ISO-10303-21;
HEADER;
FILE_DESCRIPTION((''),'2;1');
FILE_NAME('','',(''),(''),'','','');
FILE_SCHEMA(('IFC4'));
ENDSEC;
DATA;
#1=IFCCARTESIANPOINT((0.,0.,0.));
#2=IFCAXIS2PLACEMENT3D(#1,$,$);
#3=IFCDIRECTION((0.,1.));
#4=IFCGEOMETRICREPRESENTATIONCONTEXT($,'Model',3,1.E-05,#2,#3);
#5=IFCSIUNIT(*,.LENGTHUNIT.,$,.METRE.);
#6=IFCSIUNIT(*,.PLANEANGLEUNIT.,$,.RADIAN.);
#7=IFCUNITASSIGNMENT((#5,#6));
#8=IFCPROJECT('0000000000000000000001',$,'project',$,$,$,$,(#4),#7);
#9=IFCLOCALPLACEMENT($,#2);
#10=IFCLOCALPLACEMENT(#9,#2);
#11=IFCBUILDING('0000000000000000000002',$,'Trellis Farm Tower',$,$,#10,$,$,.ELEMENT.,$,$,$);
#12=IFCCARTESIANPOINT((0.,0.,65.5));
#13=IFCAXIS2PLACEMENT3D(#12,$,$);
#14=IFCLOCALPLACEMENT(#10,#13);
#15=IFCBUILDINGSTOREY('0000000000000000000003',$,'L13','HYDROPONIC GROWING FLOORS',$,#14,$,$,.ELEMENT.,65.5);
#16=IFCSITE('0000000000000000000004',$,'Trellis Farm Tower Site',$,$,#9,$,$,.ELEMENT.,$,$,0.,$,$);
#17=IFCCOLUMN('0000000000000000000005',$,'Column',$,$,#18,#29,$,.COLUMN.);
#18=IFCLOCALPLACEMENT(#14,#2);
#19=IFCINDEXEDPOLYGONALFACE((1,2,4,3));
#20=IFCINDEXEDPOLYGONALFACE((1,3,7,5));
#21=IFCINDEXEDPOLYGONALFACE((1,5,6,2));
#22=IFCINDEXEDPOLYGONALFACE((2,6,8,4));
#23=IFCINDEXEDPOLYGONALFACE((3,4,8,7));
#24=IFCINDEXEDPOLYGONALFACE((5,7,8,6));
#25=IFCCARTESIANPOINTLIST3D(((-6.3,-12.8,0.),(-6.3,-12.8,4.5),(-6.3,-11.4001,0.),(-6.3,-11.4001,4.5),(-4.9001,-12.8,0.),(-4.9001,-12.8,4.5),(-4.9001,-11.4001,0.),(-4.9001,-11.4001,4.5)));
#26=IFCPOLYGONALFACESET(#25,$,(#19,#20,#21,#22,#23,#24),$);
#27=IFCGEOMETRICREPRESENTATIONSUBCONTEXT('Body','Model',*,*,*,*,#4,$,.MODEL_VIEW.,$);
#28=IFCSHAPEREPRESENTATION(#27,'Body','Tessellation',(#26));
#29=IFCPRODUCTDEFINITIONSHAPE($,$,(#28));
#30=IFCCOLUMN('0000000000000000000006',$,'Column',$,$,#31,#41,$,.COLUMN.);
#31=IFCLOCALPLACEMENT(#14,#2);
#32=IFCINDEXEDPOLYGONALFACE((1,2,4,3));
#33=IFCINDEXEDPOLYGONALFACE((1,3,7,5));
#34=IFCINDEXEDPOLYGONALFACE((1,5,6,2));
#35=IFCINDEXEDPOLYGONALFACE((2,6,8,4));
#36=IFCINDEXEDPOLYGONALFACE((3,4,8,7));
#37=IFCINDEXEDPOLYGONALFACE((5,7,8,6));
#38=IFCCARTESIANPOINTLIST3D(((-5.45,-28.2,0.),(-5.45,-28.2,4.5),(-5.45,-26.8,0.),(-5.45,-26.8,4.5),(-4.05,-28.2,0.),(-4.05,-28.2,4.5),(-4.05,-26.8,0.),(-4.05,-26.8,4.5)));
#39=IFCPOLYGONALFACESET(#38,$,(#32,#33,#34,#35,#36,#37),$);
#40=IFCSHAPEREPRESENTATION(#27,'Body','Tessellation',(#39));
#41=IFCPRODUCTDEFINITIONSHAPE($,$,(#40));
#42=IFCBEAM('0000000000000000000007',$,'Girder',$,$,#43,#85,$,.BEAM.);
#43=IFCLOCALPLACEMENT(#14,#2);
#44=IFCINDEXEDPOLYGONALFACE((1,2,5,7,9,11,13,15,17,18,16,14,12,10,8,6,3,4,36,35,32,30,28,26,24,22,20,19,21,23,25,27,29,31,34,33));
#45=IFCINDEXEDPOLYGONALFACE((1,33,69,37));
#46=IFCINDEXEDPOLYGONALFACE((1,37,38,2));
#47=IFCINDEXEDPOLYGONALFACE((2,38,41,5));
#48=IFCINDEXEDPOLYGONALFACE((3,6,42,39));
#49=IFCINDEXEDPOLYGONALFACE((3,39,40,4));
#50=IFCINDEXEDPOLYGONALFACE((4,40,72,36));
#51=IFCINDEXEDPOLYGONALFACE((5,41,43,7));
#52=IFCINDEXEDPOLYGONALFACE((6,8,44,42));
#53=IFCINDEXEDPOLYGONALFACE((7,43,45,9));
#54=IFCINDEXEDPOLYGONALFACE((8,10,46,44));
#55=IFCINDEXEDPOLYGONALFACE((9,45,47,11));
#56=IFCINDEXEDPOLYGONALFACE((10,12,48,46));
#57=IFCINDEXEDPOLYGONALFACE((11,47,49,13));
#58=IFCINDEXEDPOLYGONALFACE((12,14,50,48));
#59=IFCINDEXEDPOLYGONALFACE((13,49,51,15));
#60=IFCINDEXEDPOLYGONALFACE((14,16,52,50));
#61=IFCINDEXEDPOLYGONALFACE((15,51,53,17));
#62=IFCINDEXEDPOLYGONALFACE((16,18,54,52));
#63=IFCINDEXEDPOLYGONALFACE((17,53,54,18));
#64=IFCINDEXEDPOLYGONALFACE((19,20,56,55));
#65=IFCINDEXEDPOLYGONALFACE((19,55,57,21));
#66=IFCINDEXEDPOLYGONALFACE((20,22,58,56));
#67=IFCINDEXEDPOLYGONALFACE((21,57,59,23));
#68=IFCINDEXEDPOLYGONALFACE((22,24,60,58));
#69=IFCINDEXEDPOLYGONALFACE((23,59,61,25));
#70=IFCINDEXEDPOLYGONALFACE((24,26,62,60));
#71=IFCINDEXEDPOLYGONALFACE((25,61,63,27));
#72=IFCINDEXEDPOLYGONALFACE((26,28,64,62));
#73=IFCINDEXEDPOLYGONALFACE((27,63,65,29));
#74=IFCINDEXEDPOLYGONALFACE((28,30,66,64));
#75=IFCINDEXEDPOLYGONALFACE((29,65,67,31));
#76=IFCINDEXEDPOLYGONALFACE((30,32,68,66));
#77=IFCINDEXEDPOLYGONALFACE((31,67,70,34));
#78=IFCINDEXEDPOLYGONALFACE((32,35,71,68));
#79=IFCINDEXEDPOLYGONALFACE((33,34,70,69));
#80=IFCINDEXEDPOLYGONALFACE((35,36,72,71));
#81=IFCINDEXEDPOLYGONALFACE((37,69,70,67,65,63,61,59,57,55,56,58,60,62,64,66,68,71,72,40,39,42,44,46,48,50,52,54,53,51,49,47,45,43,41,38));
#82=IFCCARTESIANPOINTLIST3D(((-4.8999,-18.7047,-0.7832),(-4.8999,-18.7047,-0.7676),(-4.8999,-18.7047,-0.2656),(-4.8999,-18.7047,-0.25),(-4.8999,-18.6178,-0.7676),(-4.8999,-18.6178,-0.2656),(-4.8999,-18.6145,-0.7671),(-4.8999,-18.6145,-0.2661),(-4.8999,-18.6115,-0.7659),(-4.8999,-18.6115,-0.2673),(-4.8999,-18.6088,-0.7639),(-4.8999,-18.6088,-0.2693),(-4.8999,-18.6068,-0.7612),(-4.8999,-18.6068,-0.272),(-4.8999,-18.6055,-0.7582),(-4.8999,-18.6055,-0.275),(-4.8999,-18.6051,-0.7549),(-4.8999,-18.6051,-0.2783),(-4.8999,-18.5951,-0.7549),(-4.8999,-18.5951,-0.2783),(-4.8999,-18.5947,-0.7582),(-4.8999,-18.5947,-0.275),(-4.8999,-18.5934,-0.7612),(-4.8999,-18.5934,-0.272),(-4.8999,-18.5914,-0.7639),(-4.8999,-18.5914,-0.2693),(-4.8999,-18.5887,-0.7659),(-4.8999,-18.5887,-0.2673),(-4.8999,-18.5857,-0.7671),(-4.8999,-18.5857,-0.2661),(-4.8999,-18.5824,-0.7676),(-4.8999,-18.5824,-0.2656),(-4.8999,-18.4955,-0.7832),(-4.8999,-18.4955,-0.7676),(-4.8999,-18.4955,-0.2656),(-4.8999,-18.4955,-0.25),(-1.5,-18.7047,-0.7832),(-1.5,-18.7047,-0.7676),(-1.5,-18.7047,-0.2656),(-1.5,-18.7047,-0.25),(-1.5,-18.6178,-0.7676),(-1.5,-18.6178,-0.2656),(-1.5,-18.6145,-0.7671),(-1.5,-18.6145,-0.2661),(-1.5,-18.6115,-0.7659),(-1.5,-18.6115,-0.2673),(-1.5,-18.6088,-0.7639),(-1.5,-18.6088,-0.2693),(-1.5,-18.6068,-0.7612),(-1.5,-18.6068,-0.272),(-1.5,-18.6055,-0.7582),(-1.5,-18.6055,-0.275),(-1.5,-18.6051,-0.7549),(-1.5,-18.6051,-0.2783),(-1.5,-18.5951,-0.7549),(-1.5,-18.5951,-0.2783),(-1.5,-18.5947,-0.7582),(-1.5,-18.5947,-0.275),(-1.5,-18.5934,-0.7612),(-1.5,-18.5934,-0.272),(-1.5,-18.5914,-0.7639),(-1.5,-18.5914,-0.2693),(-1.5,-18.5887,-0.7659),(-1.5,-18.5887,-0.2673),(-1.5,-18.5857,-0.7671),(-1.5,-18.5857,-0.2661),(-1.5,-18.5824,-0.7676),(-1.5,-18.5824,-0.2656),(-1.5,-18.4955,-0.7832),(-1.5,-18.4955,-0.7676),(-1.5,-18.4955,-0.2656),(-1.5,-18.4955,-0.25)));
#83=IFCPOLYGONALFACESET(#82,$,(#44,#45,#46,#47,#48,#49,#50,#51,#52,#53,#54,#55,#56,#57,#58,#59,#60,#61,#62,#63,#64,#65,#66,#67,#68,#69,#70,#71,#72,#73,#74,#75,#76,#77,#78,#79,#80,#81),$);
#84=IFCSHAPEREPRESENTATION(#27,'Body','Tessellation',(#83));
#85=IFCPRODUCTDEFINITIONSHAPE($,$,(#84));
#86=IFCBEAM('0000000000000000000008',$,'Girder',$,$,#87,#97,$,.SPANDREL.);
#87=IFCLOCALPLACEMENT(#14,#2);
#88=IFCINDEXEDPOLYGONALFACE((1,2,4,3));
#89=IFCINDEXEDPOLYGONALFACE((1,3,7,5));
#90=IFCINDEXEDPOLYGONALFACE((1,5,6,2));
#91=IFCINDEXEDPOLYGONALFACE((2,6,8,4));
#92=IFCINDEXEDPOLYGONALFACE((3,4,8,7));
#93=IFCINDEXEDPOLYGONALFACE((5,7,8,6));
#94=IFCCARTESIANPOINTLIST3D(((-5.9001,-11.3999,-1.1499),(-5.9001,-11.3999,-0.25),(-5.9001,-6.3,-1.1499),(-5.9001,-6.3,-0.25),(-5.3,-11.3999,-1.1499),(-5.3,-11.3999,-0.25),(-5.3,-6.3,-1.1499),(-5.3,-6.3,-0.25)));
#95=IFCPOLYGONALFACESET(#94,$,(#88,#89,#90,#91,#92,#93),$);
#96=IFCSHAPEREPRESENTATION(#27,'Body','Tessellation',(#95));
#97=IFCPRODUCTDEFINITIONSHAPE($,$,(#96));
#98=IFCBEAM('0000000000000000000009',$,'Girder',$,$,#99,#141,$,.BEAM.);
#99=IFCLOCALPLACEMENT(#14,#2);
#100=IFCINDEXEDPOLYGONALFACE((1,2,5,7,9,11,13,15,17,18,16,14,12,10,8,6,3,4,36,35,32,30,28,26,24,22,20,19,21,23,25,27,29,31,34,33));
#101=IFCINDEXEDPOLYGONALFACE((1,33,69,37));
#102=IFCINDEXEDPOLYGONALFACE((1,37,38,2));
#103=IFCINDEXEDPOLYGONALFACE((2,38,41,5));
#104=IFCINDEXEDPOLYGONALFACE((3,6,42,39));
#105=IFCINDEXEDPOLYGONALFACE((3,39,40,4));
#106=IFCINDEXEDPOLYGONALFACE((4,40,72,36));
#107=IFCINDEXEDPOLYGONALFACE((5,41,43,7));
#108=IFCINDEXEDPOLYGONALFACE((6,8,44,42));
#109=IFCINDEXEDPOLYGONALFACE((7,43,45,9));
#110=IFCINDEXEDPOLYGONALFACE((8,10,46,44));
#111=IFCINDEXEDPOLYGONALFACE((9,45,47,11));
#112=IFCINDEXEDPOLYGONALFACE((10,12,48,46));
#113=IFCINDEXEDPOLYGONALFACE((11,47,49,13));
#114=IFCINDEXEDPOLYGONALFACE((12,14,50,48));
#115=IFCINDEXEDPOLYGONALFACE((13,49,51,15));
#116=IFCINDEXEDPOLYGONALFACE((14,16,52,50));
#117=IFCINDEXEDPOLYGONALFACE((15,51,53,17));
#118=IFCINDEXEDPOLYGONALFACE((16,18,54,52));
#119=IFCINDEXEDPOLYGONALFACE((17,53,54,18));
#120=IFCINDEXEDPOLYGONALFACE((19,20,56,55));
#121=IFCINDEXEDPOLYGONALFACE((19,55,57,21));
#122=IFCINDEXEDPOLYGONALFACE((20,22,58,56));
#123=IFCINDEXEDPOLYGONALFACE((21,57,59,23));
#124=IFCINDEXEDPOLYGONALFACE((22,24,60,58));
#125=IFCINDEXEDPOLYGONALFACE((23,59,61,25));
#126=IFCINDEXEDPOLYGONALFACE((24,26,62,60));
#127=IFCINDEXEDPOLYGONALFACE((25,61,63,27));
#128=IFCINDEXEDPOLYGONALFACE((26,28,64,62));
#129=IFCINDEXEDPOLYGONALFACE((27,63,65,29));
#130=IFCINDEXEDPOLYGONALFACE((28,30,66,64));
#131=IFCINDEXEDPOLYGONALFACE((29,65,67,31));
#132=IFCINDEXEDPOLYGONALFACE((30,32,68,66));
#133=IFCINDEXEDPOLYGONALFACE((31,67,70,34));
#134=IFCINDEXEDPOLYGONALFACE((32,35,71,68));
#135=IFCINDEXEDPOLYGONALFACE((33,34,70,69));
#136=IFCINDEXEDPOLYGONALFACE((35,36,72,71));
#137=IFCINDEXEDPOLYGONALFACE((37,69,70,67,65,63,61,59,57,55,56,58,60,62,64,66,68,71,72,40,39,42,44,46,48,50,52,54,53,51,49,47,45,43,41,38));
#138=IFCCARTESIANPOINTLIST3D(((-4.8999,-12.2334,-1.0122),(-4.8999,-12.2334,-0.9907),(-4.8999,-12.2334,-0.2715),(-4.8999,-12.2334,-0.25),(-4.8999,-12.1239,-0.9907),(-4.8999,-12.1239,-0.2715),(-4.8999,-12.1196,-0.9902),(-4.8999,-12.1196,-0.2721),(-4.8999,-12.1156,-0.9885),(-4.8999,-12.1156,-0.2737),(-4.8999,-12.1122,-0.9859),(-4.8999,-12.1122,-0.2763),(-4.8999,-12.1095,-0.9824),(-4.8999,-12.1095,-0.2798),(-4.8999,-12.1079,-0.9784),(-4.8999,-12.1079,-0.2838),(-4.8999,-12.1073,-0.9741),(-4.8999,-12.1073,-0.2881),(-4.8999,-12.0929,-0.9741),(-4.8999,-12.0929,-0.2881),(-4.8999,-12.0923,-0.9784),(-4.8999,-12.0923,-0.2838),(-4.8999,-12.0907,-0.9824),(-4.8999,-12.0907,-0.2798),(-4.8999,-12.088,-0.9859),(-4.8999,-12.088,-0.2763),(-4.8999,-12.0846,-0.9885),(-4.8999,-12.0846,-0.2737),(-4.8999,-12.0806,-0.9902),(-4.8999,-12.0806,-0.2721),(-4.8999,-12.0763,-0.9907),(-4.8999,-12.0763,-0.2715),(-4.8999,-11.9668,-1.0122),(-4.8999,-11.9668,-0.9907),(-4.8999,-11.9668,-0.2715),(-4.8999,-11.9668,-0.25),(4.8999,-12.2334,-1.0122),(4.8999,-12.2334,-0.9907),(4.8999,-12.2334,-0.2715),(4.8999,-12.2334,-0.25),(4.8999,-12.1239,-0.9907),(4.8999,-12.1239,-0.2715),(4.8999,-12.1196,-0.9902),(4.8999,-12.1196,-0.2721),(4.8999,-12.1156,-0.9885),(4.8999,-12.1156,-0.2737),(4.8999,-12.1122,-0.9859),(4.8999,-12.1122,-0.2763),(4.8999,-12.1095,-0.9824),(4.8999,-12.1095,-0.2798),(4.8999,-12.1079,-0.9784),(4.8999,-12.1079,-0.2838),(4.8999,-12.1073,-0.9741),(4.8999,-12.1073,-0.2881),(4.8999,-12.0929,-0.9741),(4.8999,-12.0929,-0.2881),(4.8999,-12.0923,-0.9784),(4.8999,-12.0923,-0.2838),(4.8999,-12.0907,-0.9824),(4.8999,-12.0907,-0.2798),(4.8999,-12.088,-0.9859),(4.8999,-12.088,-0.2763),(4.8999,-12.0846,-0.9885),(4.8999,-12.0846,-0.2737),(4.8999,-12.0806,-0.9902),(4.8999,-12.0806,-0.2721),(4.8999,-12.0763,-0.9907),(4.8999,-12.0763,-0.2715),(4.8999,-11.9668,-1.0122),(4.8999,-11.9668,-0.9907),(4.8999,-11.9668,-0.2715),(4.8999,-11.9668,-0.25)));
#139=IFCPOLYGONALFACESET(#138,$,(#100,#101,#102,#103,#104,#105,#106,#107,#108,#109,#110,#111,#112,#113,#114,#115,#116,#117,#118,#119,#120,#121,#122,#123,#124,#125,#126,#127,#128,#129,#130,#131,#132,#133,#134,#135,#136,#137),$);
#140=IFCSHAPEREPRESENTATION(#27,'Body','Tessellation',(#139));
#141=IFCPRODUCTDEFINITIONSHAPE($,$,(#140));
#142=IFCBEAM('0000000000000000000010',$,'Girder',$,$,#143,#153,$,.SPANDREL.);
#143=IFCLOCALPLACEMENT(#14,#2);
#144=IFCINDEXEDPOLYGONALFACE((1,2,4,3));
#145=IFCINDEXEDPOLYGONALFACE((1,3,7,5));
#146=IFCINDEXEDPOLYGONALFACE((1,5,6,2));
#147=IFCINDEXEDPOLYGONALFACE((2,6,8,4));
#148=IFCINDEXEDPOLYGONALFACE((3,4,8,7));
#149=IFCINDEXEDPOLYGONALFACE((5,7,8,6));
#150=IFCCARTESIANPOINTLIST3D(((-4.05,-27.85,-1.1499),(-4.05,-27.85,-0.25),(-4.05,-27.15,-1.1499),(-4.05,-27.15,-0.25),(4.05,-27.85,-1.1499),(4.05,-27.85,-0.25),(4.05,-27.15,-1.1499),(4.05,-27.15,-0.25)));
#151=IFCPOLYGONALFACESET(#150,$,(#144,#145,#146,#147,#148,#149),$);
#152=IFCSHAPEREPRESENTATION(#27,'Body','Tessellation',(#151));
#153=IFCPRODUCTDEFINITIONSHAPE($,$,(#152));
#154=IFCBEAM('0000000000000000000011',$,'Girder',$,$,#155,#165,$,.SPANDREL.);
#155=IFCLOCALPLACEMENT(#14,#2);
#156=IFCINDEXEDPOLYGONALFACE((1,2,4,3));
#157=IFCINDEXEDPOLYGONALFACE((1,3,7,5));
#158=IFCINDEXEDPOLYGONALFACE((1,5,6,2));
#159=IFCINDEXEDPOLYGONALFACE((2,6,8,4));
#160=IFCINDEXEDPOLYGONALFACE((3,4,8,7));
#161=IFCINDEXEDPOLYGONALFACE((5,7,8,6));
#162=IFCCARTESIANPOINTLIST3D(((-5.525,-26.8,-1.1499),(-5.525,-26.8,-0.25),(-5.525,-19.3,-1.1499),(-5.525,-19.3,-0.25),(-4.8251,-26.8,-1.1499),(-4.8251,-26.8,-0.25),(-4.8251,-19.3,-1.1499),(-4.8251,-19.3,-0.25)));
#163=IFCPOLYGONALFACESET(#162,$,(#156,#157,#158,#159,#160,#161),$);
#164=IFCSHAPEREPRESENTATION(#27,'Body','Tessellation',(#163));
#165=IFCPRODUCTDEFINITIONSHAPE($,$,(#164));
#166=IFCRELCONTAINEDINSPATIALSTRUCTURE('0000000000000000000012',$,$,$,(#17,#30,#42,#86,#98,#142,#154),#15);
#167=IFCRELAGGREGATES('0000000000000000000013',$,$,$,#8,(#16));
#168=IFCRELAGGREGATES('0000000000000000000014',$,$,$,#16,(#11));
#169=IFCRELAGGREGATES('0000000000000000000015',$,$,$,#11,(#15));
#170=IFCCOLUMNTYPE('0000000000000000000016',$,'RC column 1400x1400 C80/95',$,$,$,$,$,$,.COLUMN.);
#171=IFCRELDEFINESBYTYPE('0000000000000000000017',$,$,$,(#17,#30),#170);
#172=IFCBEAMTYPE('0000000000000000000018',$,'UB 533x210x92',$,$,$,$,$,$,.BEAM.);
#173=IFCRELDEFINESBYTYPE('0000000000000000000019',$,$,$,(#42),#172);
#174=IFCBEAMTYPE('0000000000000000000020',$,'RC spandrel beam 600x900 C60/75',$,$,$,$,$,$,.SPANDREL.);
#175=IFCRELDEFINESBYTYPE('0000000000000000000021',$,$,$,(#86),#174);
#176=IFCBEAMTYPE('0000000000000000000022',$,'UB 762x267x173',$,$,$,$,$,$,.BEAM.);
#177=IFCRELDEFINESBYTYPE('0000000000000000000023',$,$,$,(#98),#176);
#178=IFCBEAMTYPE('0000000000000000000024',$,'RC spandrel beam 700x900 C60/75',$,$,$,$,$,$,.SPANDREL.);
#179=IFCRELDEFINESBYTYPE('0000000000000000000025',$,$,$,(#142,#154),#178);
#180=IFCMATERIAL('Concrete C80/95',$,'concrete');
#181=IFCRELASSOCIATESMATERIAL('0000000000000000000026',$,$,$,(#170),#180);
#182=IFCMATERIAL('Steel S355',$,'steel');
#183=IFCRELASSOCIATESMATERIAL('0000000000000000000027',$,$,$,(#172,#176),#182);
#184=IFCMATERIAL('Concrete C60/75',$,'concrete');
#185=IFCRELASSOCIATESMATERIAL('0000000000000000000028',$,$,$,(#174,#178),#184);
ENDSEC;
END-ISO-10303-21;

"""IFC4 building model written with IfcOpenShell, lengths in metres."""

from ifc_helpers import new_model, si_unit, direction, frame, origin, origin_2d, place, context, subcontext, project, spatial, rectangle, i_section, extrude, source, transform, mapped, material, material_profile, profile_set, type_object, element, save


model = new_model("IFC4")

# Units and contexts
model_context = context("Model", 3, precision=1e-05, world=origin(), true_north=direction((0.0, 1.0)))
body_context = subcontext(model_context, "Body", "Model", "MODEL_VIEW")
ifc_project = project(units=[si_unit("LENGTHUNIT", "METRE"), si_unit("PLANEANGLEUNIT", "RADIAN")], contexts=[model_context])

# Site, building, storey
site_placement = place(None, origin())
site = spatial("IfcSite", under=ifc_project, at=site_placement, Name="Trellis Farm Tower Site", CompositionType="ELEMENT", RefElevation=0.0)
building_placement = place(site_placement, origin())
building = spatial("IfcBuilding", under=site, at=building_placement, Name="Trellis Farm Tower", CompositionType="ELEMENT")
storey_placement = place(building_placement, frame((0.0, 0.0, 65.5)))
storey = spatial("IfcBuildingStorey", under=building, at=storey_placement, Name="L13", Description="HYDROPONIC GROWING FLOORS", CompositionType="ELEMENT", Elevation=65.5)

# Columns
ifc_material_1 = material(Name="Concrete C80/95", Category="concrete")
ifc_material_profile_1 = material_profile(ifc_material_1, rectangle(XDim=1.3999, YDim=1.3999, at=origin_2d()), Name="RC column 1400x1400 C80/95")
ifc_profile_set_1 = profile_set([ifc_material_profile_1], Name="Concrete C80/95")
column_type = type_object("IfcColumnType", Name="RC column 1400x1400 C80/95", PredefinedType="COLUMN", material=ifc_profile_set_1)
shared_shape_1 = source(origin(), body_context, "Body", "SweptSolid", [
    extrude(rectangle(XDim=1.3999, YDim=1.3999, at=origin_2d()), origin(), (0.0, 0.0, 1.0), 4.5),
])
for number, where, z_axis, x_axis, name in (
    (1, (-5.6001, -12.1001, 0.0), (0.0, 0.0, 1.0), (1.0, 0.0, 0.0), "Column"),
    (2, (-4.75, -27.5, 0.0), (0.0, 0.0, 1.0), (1.0, 0.0, 0.0), "Column"),
):
    element("IfcColumn", number, at=place(storey_placement, frame(where, z_axis=z_axis, x_axis=x_axis)), inside=storey, type_object=column_type, Name=name, PredefinedType="COLUMN", context=body_context, shape_type="MappedRepresentation", body=[
        mapped(shared_shape_1, transform((0.0, 0.0, 0.0))),
    ])

# Beams
ifc_material_2 = material(Name="Steel S355", Category="steel")
ifc_material_profile_2 = material_profile(ifc_material_2, i_section(OverallWidth=0.2092, OverallDepth=0.5332, WebThickness=0.01, FlangeThickness=0.0156, FilletRadius=0.0127, at=origin_2d()), Name="UB 533x210x92")
ifc_profile_set_2 = profile_set([ifc_material_profile_2], Name="Steel S355")
beam_type_1 = type_object("IfcBeamType", Name="UB 533x210x92", PredefinedType="BEAM", material=ifc_profile_set_2)
shared_shape_2 = source(origin(), body_context, "Body", "SweptSolid", [
    extrude(i_section(OverallWidth=0.2092, OverallDepth=0.5332, WebThickness=0.01, FlangeThickness=0.0156, FilletRadius=0.0127, at=origin_2d()), origin(), (0.0, 0.0, 1.0), 3.3999),
])
beam_1_placement = place(storey_placement, frame((-4.8999, -18.6001, -0.5166), z_axis=(1.0, 0.0, 0.0), x_axis=(0.0, 1.0, 0.0)))
element("IfcBeam", 3, at=beam_1_placement, inside=storey, type_object=beam_type_1, Name="Girder", PredefinedType="BEAM", context=body_context, shape_type="MappedRepresentation", body=[
    mapped(shared_shape_2, transform((0.0, 0.0, 0.0))),
])
ifc_material_3 = material(Name="Concrete C60/75", Category="concrete")
ifc_material_profile_3 = material_profile(ifc_material_3, rectangle(XDim=0.6001, YDim=0.8999, at=origin_2d()), Name="RC spandrel beam 600x900 C60/75")
ifc_profile_set_3 = profile_set([ifc_material_profile_3], Name="Concrete C60/75")
beam_type_2 = type_object("IfcBeamType", Name="RC spandrel beam 600x900 C60/75", PredefinedType="SPANDREL", material=ifc_profile_set_3)
shared_shape_3 = source(origin(), body_context, "Body", "SweptSolid", [
    extrude(rectangle(XDim=0.6001, YDim=0.8999, at=origin_2d()), origin(), (0.0, 0.0, 1.0), 5.0999),
])
beam_2_placement = place(storey_placement, frame((-5.6001, -11.3999, -0.7), z_axis=(0.0, 1.0, 0.0), x_axis=(-1.0, 0.0, 0.0)))
element("IfcBeam", 4, at=beam_2_placement, inside=storey, type_object=beam_type_2, Name="Girder", PredefinedType="SPANDREL", context=body_context, shape_type="MappedRepresentation", body=[
    mapped(shared_shape_3, transform((0.0, 0.0, 0.0))),
])
ifc_material_profile_4 = material_profile(ifc_material_2, i_section(OverallWidth=0.2666, OverallDepth=0.7622, WebThickness=0.0144, FlangeThickness=0.0215, FilletRadius=0.0166, at=origin_2d()), Name="UB 762x267x173")
ifc_profile_set_4 = profile_set([ifc_material_profile_4], Name="Steel S355")
beam_type_3 = type_object("IfcBeamType", Name="UB 762x267x173", PredefinedType="BEAM", material=ifc_profile_set_4)
shared_shape_4 = source(origin(), body_context, "Body", "SweptSolid", [
    extrude(i_section(OverallWidth=0.2666, OverallDepth=0.7622, WebThickness=0.0144, FlangeThickness=0.0215, FilletRadius=0.0166, at=origin_2d()), origin(), (0.0, 0.0, 1.0), 9.7998),
])
beam_3_placement = place(storey_placement, frame((-4.8999, -12.1001, -0.6311), z_axis=(1.0, 0.0, 0.0), x_axis=(0.0, 1.0, 0.0)))
element("IfcBeam", 5, at=beam_3_placement, inside=storey, type_object=beam_type_3, Name="Girder", PredefinedType="BEAM", context=body_context, shape_type="MappedRepresentation", body=[
    mapped(shared_shape_4, transform((0.0, 0.0, 0.0))),
])
ifc_material_profile_5 = material_profile(ifc_material_3, rectangle(XDim=0.7, YDim=0.8999, at=origin_2d()), Name="RC spandrel beam 700x900 C60/75")
ifc_profile_set_5 = profile_set([ifc_material_profile_5], Name="Concrete C60/75")
beam_type_4 = type_object("IfcBeamType", Name="RC spandrel beam 700x900 C60/75", PredefinedType="SPANDREL", material=ifc_profile_set_5)
shared_shape_5 = source(origin(), body_context, "Body", "SweptSolid", [
    extrude(rectangle(XDim=0.7, YDim=0.8999, at=origin_2d()), origin(), (0.0, 0.0, 1.0), 8.1001),
])
beam_4_placement = place(storey_placement, frame((-4.05, -27.5, -0.7), z_axis=(1.0, 0.0, 0.0), x_axis=(0.0, 1.0, 0.0)))
element("IfcBeam", 6, at=beam_4_placement, inside=storey, type_object=beam_type_4, Name="Girder", PredefinedType="SPANDREL", context=body_context, shape_type="MappedRepresentation", body=[
    mapped(shared_shape_5, transform((0.0, 0.0, 0.0))),
])
shared_shape_6 = source(origin(), body_context, "Body", "SweptSolid", [
    extrude(rectangle(XDim=0.7, YDim=0.8999, at=origin_2d()), origin(), (0.0, 0.0, 1.0), 7.5),
])
beam_5_placement = place(storey_placement, frame((-5.175, -26.8, -0.7), z_axis=(0.0, 1.0, 0.0), x_axis=(-1.0, 0.0, 0.0)))
element("IfcBeam", 7, at=beam_5_placement, inside=storey, type_object=beam_type_4, Name="Girder", PredefinedType="SPANDREL", context=body_context, shape_type="MappedRepresentation", body=[
    mapped(shared_shape_6, transform((0.0, 0.0, 0.0))),
])

save(model, "model.ifc")
